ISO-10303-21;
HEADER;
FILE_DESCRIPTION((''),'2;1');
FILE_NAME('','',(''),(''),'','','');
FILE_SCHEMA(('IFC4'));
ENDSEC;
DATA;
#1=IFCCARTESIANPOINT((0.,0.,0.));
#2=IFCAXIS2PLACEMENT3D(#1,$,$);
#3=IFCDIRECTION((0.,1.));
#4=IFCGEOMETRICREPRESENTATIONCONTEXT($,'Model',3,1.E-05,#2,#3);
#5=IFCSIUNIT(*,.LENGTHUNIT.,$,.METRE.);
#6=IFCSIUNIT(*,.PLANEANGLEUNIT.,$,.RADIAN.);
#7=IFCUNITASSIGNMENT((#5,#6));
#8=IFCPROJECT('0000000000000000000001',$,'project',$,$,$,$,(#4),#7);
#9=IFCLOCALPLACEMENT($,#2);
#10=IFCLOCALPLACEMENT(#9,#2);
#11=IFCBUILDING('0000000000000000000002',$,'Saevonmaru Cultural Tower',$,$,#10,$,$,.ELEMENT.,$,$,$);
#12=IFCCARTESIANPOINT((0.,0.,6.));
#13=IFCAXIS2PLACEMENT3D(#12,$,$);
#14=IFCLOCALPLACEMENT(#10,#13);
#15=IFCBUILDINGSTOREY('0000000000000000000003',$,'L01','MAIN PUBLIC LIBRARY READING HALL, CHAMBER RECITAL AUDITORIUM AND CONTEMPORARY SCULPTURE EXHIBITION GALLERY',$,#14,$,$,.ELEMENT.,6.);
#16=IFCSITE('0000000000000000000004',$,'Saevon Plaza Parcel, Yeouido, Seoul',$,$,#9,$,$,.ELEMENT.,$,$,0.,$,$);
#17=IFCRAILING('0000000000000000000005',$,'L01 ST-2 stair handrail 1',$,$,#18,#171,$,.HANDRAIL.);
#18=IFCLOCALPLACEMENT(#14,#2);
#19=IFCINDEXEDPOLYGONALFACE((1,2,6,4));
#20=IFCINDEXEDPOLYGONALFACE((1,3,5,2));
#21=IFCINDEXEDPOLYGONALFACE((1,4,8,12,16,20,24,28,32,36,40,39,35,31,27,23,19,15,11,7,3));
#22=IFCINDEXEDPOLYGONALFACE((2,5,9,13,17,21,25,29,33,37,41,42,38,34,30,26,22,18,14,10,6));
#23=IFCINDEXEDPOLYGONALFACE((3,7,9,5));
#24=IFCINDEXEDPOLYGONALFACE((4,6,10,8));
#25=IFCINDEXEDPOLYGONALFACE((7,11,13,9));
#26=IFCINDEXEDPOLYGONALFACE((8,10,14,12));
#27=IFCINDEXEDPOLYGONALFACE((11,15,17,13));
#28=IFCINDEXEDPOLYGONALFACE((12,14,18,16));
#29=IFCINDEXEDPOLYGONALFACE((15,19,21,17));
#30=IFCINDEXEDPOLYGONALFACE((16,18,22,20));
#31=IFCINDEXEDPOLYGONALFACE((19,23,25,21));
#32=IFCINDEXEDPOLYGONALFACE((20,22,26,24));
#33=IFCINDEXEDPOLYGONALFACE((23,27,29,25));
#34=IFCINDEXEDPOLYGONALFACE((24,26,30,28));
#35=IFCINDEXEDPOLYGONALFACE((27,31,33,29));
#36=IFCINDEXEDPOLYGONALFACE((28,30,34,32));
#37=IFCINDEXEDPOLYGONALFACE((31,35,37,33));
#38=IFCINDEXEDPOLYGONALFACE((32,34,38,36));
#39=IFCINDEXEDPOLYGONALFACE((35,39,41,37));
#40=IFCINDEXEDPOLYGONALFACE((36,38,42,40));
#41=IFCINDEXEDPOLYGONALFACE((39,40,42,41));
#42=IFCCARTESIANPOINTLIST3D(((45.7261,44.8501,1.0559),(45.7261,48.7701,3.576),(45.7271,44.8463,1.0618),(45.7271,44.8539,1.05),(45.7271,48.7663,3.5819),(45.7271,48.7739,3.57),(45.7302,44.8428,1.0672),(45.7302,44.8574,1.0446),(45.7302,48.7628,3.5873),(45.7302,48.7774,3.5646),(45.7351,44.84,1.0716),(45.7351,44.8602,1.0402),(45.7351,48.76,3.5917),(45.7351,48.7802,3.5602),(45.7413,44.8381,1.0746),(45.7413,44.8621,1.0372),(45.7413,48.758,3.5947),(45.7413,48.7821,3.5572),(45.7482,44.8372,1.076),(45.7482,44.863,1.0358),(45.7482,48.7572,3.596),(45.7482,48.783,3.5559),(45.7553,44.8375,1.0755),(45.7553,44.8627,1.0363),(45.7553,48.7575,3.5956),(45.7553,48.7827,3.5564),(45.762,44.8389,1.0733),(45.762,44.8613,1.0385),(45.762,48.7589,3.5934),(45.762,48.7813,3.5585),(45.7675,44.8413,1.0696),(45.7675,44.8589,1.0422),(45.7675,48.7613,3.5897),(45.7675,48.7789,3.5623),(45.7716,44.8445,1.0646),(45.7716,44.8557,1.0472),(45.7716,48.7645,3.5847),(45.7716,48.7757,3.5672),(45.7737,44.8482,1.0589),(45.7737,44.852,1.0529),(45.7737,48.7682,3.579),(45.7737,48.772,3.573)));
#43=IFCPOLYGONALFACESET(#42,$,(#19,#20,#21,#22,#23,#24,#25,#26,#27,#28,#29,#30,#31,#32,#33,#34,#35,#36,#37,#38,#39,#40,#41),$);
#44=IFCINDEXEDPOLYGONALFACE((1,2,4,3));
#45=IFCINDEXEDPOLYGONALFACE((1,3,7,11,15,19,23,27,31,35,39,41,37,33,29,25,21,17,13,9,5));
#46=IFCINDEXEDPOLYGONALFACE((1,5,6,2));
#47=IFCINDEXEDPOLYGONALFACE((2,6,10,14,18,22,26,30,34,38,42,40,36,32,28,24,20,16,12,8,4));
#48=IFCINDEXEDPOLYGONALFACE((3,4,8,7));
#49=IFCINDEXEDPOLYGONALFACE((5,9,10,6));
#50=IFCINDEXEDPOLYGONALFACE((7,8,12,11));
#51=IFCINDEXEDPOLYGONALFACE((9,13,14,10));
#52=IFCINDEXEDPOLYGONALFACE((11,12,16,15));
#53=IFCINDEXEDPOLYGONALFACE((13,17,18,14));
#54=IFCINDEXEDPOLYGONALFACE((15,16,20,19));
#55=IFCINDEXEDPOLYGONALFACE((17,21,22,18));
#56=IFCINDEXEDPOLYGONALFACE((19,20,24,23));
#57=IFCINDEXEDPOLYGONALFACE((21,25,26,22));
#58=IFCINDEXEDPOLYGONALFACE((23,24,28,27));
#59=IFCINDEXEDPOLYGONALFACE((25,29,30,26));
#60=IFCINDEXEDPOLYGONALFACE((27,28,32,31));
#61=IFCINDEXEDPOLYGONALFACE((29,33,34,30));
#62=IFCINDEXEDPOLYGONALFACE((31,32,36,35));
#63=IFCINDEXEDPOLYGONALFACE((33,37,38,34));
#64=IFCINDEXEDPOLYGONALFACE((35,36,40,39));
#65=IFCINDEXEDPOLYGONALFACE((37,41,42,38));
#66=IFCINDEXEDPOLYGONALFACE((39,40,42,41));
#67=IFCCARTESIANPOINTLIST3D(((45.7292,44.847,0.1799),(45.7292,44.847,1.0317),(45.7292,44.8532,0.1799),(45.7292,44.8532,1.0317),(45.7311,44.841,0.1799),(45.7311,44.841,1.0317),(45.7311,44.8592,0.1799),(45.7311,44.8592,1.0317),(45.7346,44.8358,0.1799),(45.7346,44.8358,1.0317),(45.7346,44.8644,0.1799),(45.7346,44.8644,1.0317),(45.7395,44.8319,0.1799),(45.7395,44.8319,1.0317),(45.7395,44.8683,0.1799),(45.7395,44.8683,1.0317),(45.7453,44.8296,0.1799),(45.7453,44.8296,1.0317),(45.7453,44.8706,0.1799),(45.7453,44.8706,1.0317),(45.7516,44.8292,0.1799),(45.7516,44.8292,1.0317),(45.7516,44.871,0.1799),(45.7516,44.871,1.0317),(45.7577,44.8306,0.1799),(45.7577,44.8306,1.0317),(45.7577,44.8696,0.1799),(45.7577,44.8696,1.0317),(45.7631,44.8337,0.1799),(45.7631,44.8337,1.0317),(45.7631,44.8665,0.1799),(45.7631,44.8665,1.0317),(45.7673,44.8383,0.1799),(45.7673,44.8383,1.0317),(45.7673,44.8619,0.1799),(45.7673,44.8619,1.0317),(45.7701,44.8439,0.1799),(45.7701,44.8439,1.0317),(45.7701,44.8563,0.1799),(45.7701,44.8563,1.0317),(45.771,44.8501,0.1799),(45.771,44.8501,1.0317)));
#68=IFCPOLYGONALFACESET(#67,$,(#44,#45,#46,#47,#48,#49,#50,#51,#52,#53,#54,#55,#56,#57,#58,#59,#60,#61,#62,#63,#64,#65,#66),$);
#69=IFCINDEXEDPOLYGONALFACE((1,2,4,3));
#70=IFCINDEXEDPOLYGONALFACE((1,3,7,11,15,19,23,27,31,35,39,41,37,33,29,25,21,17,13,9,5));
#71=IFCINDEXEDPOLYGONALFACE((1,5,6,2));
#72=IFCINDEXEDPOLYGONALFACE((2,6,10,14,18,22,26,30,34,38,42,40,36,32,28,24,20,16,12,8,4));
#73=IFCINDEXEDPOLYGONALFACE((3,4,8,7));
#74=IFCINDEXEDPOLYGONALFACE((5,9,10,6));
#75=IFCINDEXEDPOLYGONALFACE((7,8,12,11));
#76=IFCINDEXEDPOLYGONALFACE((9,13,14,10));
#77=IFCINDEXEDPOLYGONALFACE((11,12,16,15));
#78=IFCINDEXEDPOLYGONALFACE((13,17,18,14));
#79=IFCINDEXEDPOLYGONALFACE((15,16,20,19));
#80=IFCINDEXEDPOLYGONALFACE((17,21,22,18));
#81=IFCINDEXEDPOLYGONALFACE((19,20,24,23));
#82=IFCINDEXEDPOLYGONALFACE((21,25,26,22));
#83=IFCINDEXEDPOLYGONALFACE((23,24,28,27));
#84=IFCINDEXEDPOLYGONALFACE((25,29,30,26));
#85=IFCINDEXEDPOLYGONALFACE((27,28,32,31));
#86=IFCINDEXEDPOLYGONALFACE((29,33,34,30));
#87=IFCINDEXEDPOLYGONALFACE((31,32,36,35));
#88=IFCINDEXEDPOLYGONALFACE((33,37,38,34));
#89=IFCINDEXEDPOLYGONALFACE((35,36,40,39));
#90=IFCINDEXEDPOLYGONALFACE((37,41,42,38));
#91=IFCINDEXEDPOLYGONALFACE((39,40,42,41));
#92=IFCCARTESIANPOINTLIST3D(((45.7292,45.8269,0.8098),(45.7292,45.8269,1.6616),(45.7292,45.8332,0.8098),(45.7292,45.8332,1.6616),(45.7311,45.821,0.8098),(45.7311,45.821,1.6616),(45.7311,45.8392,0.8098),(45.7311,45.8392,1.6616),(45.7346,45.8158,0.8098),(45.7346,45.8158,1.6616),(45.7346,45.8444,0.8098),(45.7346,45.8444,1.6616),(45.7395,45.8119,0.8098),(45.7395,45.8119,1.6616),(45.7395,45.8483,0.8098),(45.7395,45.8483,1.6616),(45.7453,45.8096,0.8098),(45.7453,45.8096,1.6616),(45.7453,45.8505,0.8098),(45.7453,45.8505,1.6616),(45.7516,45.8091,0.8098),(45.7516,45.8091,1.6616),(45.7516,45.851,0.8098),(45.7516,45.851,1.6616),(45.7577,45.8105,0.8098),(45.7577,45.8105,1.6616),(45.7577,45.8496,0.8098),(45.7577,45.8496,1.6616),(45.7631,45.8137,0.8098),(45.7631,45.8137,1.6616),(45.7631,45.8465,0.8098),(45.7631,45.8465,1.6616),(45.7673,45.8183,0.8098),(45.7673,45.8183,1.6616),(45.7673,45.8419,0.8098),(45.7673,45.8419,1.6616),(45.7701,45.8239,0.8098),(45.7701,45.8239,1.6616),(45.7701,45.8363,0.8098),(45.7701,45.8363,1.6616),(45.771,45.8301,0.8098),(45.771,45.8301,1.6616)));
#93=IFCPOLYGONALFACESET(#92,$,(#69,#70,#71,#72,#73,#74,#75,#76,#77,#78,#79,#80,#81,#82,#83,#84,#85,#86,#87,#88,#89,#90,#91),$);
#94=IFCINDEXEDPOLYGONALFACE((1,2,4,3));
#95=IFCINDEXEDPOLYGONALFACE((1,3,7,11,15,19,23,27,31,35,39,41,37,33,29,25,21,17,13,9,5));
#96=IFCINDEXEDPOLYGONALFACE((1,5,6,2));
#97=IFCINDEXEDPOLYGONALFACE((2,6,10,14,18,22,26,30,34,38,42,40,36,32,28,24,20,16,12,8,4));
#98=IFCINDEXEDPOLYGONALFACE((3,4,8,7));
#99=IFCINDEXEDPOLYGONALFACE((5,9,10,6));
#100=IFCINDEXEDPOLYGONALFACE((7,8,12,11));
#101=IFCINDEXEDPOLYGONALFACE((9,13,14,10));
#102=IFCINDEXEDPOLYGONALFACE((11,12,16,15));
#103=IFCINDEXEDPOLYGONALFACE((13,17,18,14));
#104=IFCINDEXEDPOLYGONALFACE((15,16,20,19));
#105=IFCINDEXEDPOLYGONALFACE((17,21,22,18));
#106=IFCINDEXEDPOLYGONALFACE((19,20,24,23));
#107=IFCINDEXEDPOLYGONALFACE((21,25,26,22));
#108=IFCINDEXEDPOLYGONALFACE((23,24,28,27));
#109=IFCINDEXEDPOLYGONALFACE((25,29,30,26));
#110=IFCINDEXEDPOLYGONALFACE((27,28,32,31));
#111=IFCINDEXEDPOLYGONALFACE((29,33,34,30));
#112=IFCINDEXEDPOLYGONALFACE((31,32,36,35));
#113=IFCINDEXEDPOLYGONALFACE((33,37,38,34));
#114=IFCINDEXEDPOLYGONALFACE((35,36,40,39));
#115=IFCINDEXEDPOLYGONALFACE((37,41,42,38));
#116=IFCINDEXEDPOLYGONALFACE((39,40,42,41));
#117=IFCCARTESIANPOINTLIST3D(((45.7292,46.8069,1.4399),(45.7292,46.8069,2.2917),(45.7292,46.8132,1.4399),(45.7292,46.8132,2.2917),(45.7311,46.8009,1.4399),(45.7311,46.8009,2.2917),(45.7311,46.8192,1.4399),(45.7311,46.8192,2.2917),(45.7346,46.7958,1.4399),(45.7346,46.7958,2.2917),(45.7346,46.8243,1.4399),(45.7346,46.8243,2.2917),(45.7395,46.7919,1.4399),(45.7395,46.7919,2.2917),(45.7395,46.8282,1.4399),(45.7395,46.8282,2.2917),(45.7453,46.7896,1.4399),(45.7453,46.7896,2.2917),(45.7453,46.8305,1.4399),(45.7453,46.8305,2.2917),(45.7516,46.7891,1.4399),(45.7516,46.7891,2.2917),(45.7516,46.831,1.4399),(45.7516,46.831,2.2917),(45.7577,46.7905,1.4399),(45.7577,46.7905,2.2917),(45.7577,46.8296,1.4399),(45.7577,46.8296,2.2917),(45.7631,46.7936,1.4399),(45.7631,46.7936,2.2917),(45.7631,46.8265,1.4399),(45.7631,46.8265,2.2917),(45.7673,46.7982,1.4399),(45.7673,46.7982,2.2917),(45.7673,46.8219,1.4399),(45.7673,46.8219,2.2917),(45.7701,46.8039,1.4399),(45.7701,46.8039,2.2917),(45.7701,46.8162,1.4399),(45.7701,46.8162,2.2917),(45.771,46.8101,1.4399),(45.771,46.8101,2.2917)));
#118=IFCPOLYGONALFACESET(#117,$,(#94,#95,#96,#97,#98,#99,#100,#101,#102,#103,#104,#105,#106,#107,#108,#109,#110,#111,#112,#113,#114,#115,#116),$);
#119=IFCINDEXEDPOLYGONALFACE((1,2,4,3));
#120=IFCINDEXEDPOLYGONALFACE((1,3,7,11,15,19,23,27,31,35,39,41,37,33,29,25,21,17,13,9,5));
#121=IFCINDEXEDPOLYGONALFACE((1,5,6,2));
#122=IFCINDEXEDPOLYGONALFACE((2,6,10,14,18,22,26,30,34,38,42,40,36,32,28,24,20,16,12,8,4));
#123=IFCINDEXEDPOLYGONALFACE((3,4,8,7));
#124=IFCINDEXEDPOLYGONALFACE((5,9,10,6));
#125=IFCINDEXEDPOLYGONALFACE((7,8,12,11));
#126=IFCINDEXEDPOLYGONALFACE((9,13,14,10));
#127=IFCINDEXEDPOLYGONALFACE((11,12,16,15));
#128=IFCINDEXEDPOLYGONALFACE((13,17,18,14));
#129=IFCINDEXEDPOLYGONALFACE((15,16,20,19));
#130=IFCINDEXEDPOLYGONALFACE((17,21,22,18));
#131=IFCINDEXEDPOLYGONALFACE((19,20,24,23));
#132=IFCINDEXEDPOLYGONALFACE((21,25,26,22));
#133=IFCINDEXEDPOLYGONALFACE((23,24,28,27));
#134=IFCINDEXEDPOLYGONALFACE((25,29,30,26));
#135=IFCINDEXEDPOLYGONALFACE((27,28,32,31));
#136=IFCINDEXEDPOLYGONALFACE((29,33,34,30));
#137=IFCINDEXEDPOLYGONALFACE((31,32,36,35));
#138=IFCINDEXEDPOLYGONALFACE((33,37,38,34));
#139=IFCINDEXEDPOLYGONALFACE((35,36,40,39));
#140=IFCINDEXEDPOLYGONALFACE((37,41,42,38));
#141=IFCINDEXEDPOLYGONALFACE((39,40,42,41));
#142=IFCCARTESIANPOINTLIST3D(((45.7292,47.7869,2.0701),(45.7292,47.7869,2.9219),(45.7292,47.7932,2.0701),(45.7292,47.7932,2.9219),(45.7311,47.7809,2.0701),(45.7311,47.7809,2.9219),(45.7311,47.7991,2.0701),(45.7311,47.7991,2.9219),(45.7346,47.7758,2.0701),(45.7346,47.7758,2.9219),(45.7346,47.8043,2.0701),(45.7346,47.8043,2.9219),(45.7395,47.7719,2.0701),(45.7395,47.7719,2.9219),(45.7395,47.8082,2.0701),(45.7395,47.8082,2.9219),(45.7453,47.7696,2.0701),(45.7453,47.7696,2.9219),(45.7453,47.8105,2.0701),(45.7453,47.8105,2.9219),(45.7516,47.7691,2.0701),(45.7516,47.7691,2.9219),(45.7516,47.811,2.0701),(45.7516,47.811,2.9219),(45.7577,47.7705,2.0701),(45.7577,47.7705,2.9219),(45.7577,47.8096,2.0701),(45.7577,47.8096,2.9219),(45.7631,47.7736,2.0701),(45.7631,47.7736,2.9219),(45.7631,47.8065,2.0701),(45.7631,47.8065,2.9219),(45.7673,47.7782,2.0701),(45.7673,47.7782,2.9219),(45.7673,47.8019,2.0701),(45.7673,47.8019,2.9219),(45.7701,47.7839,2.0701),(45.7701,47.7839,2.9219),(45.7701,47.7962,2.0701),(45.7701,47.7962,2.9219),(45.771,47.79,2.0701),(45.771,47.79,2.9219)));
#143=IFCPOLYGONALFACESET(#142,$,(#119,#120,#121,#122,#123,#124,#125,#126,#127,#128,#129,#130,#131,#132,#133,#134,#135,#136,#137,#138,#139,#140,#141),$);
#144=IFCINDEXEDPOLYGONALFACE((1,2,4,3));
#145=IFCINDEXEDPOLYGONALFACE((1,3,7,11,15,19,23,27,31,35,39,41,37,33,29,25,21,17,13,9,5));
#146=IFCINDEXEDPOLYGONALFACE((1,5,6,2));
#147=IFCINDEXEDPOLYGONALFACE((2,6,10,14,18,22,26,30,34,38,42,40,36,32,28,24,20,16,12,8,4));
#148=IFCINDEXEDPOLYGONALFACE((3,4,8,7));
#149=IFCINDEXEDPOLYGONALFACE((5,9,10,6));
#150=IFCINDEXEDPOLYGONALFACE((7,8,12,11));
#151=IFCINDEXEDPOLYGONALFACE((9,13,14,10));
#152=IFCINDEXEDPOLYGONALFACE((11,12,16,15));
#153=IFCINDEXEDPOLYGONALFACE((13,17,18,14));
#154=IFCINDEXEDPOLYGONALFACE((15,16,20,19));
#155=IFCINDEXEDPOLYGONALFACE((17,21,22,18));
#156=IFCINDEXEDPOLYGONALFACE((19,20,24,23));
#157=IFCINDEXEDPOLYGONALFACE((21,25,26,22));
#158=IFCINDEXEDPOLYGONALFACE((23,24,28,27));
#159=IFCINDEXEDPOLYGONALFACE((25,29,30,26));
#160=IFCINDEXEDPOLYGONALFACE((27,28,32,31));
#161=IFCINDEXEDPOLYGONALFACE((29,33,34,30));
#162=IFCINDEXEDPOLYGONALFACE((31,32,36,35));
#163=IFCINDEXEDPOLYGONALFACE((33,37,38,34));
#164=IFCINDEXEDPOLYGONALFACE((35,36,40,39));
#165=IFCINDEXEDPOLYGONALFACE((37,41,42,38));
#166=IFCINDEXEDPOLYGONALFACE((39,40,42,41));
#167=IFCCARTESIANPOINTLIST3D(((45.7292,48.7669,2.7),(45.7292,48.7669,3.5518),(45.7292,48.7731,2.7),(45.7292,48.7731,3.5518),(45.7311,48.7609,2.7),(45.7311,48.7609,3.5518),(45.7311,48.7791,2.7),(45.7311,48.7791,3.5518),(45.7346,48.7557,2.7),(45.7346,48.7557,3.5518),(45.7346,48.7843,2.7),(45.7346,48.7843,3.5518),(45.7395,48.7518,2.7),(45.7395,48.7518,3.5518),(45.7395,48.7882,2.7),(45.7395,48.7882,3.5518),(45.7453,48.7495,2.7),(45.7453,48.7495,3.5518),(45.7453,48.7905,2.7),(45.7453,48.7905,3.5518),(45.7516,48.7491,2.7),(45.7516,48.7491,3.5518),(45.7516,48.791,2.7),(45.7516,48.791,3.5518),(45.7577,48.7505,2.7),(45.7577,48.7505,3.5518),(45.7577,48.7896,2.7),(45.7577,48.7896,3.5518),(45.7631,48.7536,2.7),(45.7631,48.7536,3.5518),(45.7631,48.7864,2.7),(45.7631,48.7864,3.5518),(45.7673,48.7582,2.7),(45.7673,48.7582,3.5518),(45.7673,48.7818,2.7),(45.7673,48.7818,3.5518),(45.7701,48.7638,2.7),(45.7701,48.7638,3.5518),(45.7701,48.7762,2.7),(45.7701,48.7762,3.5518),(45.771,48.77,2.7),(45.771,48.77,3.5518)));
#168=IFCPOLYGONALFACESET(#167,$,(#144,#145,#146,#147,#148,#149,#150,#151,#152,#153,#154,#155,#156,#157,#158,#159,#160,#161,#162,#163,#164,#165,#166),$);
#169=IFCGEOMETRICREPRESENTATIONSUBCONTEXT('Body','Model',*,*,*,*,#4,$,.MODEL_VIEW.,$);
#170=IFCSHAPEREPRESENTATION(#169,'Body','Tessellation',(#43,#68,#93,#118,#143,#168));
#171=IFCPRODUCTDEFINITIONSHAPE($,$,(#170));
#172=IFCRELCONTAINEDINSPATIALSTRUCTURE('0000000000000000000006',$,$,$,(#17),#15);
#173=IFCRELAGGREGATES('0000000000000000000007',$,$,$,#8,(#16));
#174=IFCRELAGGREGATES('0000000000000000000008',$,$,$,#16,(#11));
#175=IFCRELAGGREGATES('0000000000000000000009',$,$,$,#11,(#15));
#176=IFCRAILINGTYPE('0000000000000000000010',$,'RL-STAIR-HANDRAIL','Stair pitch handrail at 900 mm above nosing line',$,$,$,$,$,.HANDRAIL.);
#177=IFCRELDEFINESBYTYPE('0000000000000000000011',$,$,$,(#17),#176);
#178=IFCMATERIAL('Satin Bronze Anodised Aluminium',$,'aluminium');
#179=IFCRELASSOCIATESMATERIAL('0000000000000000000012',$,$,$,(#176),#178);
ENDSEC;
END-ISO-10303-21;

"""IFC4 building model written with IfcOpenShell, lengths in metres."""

from ifc_helpers import new_model, si_unit, direction, frame, origin, origin_2d, place, context, subcontext, project, spatial, circle, extrude, material, type_object, element, save


model = new_model("IFC4")

# Units and contexts
model_context = context("Model", 3, precision=1e-05, world=origin(), true_north=direction((0.0, 1.0)))
body_context = subcontext(model_context, "Body", "Model", "MODEL_VIEW")
ifc_project = project(units=[si_unit("LENGTHUNIT", "METRE"), si_unit("PLANEANGLEUNIT", "RADIAN")], contexts=[model_context])

# Site, building, storey
site_placement = place(None, origin())
site = spatial("IfcSite", under=ifc_project, at=site_placement, Name="Saevon Plaza Parcel, Yeouido, Seoul", CompositionType="ELEMENT", RefElevation=0.0)
building_placement = place(site_placement, origin())
building = spatial("IfcBuilding", under=site, at=building_placement, Name="Saevonmaru Cultural Tower", CompositionType="ELEMENT")
storey_placement = place(building_placement, frame((0.0, 0.0, 6.0)))
storey = spatial("IfcBuildingStorey", under=building, at=storey_placement, Name="L01", Description="MAIN PUBLIC LIBRARY READING HALL, CHAMBER RECITAL AUDITORIUM AND CONTEMPORARY SCULPTURE EXHIBITION GALLERY", CompositionType="ELEMENT", Elevation=6.0)

# Shared definitions
ifc_material_1 = material(Name="Satin Bronze Anodised Aluminium", Category="aluminium")

# Railing
railing_type_1 = type_object("IfcRailingType", Name="RL-STAIR-HANDRAIL", Description="Stair pitch handrail at 900 mm above nosing line", PredefinedType="HANDRAIL", material=ifc_material_1)
railing_1_placement = place(storey_placement, frame((45.75, 44.8501, 0.1799)))
element("IfcRailing", 1, at=railing_1_placement, inside=storey, type_object=railing_type_1, Name="L01 ST-2 stair handrail 1", PredefinedType="HANDRAIL", context=body_context, shape_type="SweptSolid", body=[
    extrude(circle(Radius=0.0239, at=origin_2d()), frame((0.0, 0.0, 0.876), z_axis=(0.0, 0.841172, 0.540768), x_axis=(-1.0, 0.0, 0.0)), (0.0, 0.0, 1.0), 4.6602),
    extrude(circle(Radius=0.021, at=origin_2d()), origin(), (0.0, 0.0, 1.0), 0.8518),
    extrude(circle(Radius=0.021, at=origin_2d()), frame((0.0, 0.98, 0.6299)), (0.0, 0.0, 1.0), 0.8518),
    extrude(circle(Radius=0.021, at=origin_2d()), frame((0.0, 1.96, 1.26)), (0.0, 0.0, 1.0), 0.8518),
    extrude(circle(Radius=0.021, at=origin_2d()), frame((0.0, 2.9399, 1.8901)), (0.0, 0.0, 1.0), 0.8518),
    extrude(circle(Radius=0.021, at=origin_2d()), frame((0.0, 3.9199, 2.52)), (0.0, 0.0, 1.0), 0.8518),
])

save(model, "model.ifc")
